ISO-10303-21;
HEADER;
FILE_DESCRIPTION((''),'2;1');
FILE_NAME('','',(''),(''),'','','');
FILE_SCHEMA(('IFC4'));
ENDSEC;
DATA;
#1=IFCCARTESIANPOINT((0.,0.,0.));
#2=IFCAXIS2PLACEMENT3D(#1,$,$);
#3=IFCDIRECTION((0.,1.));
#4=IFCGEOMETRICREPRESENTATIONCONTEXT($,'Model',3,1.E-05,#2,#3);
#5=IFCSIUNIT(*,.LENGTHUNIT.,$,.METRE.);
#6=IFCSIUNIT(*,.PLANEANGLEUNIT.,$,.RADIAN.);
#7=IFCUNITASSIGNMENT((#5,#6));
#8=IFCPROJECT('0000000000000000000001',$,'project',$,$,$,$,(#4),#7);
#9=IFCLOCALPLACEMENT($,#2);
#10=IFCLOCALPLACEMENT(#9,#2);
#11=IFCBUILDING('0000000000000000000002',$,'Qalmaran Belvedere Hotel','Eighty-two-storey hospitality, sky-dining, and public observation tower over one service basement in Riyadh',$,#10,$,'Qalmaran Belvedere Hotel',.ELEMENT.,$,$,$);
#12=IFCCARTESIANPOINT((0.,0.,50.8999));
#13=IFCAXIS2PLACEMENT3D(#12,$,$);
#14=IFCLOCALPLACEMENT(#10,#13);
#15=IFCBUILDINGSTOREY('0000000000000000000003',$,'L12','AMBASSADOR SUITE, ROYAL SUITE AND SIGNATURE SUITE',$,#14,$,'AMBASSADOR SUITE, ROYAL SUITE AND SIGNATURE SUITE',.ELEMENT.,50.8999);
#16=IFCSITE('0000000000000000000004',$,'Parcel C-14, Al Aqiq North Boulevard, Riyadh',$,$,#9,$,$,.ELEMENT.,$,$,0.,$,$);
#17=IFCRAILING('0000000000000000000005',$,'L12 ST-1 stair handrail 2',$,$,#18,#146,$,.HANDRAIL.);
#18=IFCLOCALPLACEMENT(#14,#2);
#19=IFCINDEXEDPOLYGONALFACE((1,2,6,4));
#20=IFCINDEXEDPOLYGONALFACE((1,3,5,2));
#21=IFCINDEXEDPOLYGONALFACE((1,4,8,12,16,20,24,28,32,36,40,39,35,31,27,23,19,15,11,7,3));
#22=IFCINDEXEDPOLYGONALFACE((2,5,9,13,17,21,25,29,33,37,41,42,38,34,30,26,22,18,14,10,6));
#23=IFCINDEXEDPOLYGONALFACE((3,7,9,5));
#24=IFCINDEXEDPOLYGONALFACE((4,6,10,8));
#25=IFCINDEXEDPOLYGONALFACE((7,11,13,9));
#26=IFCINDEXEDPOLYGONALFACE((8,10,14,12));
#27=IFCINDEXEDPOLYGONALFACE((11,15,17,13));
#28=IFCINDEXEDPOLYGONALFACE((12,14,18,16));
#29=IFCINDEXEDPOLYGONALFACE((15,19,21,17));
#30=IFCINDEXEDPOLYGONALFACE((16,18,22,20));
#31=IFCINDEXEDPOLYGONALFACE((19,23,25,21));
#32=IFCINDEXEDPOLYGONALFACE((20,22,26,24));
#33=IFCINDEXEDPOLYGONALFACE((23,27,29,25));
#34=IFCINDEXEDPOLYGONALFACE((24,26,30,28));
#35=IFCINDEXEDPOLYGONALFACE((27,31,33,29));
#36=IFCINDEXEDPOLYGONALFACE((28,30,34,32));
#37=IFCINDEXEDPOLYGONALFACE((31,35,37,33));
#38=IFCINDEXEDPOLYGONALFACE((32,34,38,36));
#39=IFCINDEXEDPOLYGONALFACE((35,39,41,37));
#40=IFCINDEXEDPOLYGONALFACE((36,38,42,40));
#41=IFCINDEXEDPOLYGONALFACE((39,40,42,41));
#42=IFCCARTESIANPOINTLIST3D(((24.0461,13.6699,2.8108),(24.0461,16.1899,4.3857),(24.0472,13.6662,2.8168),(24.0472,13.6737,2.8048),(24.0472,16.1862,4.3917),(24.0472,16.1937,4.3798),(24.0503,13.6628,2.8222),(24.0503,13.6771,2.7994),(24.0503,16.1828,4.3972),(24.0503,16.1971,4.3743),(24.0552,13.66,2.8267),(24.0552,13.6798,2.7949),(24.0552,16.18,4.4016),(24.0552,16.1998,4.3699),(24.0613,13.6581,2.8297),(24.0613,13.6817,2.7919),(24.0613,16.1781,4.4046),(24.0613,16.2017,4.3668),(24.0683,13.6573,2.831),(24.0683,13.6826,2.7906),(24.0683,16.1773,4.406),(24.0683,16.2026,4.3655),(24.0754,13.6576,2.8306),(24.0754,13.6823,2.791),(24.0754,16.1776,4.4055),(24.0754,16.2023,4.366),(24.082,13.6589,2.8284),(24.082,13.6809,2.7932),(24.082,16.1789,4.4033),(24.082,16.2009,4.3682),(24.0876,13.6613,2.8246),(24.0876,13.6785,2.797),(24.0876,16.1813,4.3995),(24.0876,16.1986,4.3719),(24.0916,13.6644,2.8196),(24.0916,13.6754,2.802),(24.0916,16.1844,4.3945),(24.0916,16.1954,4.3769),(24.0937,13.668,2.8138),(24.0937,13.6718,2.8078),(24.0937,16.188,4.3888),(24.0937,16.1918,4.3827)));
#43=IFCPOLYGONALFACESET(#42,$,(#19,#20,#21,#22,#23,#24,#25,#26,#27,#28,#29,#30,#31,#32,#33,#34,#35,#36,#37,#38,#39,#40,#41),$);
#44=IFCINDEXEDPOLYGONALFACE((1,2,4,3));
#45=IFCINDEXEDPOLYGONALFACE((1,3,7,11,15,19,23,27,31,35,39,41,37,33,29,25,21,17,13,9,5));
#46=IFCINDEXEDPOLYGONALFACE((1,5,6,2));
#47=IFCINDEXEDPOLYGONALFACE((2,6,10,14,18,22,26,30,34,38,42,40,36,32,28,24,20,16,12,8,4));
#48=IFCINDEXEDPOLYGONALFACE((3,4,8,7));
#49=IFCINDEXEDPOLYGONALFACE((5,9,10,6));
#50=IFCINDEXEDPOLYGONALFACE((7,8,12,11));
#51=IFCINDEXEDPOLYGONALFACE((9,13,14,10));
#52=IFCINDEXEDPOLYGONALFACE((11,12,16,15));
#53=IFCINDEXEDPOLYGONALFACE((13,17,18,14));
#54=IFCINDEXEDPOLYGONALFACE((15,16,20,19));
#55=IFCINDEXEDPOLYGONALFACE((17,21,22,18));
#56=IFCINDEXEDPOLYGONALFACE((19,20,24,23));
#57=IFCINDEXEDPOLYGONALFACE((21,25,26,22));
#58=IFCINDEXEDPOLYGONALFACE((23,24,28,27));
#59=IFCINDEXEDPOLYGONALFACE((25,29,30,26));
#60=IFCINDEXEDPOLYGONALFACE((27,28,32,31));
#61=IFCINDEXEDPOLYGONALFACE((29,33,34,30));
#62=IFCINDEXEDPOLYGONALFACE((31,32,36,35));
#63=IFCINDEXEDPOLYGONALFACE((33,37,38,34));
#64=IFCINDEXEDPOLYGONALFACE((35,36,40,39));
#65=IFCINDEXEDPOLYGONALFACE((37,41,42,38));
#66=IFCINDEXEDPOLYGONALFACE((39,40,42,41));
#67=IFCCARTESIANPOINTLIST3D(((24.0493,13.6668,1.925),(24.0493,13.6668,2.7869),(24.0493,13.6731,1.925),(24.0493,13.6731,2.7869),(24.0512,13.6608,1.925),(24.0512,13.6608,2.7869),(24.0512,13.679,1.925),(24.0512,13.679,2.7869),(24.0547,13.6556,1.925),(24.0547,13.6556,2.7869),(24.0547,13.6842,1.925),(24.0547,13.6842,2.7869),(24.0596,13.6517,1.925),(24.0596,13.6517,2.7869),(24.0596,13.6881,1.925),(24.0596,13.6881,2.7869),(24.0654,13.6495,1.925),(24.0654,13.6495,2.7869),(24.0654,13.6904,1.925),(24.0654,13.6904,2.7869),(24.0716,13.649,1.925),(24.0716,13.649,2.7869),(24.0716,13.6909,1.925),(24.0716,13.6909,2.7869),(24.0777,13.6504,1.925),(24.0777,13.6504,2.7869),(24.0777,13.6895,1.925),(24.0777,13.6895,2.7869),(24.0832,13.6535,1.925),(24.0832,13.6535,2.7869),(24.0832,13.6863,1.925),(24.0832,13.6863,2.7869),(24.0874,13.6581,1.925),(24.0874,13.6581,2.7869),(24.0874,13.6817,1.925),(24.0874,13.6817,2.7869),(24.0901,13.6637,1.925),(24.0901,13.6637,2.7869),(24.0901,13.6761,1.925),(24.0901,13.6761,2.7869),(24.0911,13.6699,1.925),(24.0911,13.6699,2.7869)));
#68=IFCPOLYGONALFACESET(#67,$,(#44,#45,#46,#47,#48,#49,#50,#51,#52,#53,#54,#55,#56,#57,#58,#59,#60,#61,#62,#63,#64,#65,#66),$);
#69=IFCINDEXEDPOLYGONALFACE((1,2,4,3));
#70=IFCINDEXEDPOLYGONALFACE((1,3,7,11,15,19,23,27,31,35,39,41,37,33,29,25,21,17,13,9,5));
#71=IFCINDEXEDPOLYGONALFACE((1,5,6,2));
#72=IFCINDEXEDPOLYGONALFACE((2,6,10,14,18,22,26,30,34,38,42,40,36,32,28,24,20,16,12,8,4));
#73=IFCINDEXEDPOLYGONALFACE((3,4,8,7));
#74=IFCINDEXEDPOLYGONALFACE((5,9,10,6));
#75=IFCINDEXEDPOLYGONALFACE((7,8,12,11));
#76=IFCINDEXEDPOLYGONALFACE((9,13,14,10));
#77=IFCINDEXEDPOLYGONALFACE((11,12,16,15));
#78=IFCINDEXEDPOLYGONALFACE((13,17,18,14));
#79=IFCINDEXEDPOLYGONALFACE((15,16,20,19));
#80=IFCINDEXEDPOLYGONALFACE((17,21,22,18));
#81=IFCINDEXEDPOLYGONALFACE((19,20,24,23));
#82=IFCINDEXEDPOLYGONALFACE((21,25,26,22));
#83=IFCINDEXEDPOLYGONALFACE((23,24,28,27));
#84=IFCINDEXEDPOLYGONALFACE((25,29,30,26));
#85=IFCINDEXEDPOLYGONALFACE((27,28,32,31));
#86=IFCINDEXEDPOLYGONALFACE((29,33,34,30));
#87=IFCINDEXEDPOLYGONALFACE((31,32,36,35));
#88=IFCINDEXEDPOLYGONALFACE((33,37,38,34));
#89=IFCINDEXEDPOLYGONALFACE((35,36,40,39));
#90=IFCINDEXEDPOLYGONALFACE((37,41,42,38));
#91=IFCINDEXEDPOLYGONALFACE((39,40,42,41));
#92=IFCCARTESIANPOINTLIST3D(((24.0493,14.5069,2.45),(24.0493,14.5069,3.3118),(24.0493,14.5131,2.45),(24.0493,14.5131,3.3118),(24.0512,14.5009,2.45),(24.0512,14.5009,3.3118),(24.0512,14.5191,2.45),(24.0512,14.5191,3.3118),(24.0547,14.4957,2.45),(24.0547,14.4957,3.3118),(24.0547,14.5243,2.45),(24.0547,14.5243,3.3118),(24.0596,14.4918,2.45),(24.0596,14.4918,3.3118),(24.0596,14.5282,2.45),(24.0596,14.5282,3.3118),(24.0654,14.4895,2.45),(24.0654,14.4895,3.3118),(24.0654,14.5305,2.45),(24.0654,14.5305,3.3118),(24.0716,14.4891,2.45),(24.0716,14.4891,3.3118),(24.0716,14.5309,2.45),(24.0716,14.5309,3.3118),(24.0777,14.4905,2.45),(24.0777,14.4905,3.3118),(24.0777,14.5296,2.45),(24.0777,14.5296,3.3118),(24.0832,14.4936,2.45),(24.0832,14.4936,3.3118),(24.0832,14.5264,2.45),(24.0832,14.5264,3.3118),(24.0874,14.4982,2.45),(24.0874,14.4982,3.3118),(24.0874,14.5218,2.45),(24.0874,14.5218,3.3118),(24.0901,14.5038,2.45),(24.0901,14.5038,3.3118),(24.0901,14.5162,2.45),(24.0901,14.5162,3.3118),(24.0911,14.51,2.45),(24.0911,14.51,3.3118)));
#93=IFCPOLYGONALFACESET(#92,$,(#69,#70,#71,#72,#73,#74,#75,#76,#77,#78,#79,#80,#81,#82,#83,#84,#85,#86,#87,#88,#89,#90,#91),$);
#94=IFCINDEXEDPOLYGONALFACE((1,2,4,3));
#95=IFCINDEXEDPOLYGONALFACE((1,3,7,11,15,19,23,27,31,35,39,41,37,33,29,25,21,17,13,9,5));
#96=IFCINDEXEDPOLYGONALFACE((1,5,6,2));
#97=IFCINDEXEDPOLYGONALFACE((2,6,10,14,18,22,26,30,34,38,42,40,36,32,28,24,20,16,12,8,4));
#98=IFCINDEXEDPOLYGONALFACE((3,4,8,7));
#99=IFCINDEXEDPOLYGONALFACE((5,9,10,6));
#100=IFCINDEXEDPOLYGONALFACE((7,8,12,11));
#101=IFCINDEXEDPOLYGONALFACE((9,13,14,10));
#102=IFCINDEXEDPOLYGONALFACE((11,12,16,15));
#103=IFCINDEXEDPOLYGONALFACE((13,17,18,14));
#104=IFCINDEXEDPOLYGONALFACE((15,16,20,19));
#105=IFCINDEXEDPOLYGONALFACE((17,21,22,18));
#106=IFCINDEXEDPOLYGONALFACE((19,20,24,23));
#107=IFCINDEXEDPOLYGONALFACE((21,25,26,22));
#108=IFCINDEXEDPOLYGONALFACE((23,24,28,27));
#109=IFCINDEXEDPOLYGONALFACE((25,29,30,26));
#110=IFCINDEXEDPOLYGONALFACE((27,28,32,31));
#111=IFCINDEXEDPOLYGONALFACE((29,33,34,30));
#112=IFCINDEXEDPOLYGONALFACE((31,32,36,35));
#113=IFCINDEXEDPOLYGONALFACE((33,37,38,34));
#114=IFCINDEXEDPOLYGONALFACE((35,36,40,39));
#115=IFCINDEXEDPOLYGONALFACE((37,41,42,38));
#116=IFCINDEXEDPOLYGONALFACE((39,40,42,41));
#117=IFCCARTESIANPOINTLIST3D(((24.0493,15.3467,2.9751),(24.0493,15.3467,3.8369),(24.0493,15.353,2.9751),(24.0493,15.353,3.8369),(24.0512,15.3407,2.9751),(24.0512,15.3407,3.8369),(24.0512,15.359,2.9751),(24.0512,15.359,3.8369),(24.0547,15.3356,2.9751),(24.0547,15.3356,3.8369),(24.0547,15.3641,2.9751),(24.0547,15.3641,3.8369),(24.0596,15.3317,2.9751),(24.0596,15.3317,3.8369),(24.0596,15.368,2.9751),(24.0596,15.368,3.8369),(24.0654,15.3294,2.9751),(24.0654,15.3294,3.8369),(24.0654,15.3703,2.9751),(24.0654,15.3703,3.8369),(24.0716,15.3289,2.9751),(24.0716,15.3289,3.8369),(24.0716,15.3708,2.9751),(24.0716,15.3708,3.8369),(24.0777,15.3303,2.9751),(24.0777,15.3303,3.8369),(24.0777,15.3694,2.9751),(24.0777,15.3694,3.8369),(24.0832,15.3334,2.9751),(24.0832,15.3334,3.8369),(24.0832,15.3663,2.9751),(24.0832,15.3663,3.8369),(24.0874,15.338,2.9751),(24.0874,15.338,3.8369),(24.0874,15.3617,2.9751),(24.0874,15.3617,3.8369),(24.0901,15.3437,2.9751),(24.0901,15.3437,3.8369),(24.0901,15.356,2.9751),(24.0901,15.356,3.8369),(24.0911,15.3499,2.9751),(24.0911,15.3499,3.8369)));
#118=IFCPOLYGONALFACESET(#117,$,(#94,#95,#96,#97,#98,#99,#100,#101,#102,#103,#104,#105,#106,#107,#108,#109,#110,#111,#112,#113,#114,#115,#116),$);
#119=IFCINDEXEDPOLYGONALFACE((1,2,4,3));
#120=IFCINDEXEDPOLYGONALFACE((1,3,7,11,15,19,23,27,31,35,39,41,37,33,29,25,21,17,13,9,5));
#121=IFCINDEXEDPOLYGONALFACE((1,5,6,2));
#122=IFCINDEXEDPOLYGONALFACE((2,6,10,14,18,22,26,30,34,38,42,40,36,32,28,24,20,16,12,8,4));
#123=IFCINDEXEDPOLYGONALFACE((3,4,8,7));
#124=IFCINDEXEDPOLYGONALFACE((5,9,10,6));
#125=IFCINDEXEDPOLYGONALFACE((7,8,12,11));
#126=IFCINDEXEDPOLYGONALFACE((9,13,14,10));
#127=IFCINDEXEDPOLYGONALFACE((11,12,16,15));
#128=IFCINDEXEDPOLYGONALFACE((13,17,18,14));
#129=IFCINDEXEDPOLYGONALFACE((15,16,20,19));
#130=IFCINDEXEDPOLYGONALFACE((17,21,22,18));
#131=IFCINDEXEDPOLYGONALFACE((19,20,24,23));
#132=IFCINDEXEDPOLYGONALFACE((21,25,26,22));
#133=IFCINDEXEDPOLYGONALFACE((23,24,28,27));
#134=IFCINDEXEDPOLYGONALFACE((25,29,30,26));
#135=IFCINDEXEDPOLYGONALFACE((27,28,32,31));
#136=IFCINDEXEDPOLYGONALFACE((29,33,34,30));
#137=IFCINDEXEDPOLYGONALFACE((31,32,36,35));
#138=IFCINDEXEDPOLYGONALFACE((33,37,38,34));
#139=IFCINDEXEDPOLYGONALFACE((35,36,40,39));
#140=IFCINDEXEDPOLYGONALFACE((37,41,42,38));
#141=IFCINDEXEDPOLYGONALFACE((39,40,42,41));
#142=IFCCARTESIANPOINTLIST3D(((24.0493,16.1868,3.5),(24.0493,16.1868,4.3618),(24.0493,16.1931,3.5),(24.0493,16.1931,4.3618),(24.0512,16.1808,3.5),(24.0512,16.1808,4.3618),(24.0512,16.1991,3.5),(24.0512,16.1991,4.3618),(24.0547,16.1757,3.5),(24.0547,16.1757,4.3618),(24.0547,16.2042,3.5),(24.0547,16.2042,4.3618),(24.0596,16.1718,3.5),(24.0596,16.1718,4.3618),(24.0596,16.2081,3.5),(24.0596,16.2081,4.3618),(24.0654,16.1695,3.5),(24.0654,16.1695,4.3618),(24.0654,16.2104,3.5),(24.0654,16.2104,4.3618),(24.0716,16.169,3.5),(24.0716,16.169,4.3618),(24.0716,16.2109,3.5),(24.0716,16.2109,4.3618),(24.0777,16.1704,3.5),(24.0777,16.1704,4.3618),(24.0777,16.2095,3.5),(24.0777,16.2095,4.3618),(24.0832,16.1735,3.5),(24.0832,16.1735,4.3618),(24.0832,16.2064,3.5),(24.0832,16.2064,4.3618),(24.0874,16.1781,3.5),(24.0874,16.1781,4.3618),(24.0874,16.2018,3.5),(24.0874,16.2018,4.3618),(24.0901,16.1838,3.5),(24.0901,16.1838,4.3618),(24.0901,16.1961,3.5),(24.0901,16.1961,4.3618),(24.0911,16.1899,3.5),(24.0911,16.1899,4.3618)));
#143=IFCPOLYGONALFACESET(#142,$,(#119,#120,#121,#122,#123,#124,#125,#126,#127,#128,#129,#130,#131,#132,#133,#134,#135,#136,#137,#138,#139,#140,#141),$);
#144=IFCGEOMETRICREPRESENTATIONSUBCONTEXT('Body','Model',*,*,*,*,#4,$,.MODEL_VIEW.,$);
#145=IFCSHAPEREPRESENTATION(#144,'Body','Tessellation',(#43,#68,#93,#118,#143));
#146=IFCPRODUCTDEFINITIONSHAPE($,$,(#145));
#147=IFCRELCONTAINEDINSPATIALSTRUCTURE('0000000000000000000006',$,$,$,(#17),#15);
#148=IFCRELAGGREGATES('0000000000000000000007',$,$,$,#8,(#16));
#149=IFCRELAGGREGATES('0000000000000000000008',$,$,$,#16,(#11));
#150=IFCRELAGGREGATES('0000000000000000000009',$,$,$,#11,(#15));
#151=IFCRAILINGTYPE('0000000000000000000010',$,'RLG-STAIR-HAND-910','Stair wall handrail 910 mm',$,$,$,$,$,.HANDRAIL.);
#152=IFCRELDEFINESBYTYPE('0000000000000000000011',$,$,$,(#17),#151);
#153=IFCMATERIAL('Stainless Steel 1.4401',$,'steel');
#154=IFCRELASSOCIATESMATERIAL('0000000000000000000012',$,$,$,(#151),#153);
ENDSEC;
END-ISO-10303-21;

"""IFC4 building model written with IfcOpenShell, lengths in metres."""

from ifc_helpers import new_model, si_unit, direction, frame, origin, origin_2d, place, context, subcontext, project, spatial, circle, extrude, material, type_object, element, save


model = new_model("IFC4")

# Units and contexts
model_context = context("Model", 3, precision=1e-05, world=origin(), true_north=direction((0.0, 1.0)))
body_context = subcontext(model_context, "Body", "Model", "MODEL_VIEW")
ifc_project = project(units=[si_unit("LENGTHUNIT", "METRE"), si_unit("PLANEANGLEUNIT", "RADIAN")], contexts=[model_context])

# Site, building, storey
site_placement = place(None, origin())
site = spatial("IfcSite", under=ifc_project, at=site_placement, Name="Parcel C-14, Al Aqiq North Boulevard, Riyadh", CompositionType="ELEMENT", RefElevation=0.0)
building_placement = place(site_placement, origin())
building = spatial("IfcBuilding", under=site, at=building_placement, Name="Qalmaran Belvedere Hotel", Description="Eighty-two-storey hospitality, sky-dining, and public observation tower over one service basement in Riyadh", LongName="Qalmaran Belvedere Hotel", CompositionType="ELEMENT")
storey_placement = place(building_placement, frame((0.0, 0.0, 50.8999)))
storey = spatial("IfcBuildingStorey", under=building, at=storey_placement, Name="L12", Description="AMBASSADOR SUITE, ROYAL SUITE AND SIGNATURE SUITE", LongName="AMBASSADOR SUITE, ROYAL SUITE AND SIGNATURE SUITE", CompositionType="ELEMENT", Elevation=50.8999)

# Railing
ifc_material_1 = material(Name="Stainless Steel 1.4401", Category="steel")
railing_type_1 = type_object("IfcRailingType", Name="RLG-STAIR-HAND-910", Description="Stair wall handrail 910 mm", PredefinedType="HANDRAIL", material=ifc_material_1)
railing_1_placement = place(storey_placement, frame((24.0701, 13.6699, 1.925)))
element("IfcRailing", 1, at=railing_1_placement, inside=storey, type_object=railing_type_1, Name="L12 ST-1 stair handrail 2", PredefinedType="HANDRAIL", context=body_context, shape_type="SweptSolid", body=[
    extrude(circle(Radius=0.0239, at=origin_2d()), frame((0.0, 0.0, 0.8857), z_axis=(0.0, 0.848008, 0.529984), x_axis=(-1.0, 0.0, 0.0)), (0.0, 0.0, 1.0), 2.9717),
    extrude(circle(Radius=0.021, at=origin_2d()), origin(), (0.0, 0.0, 1.0), 0.8618),
    extrude(circle(Radius=0.021, at=origin_2d()), frame((0.0, 0.8401, 0.5249)), (0.0, 0.0, 1.0), 0.8618),
    extrude(circle(Radius=0.021, at=origin_2d()), frame((0.0, 1.6799, 1.05)), (0.0, 0.0, 1.0), 0.8618),
    extrude(circle(Radius=0.021, at=origin_2d()), frame((0.0, 2.52, 1.575)), (0.0, 0.0, 1.0), 0.8618),
])

save(model, "model.ifc")
